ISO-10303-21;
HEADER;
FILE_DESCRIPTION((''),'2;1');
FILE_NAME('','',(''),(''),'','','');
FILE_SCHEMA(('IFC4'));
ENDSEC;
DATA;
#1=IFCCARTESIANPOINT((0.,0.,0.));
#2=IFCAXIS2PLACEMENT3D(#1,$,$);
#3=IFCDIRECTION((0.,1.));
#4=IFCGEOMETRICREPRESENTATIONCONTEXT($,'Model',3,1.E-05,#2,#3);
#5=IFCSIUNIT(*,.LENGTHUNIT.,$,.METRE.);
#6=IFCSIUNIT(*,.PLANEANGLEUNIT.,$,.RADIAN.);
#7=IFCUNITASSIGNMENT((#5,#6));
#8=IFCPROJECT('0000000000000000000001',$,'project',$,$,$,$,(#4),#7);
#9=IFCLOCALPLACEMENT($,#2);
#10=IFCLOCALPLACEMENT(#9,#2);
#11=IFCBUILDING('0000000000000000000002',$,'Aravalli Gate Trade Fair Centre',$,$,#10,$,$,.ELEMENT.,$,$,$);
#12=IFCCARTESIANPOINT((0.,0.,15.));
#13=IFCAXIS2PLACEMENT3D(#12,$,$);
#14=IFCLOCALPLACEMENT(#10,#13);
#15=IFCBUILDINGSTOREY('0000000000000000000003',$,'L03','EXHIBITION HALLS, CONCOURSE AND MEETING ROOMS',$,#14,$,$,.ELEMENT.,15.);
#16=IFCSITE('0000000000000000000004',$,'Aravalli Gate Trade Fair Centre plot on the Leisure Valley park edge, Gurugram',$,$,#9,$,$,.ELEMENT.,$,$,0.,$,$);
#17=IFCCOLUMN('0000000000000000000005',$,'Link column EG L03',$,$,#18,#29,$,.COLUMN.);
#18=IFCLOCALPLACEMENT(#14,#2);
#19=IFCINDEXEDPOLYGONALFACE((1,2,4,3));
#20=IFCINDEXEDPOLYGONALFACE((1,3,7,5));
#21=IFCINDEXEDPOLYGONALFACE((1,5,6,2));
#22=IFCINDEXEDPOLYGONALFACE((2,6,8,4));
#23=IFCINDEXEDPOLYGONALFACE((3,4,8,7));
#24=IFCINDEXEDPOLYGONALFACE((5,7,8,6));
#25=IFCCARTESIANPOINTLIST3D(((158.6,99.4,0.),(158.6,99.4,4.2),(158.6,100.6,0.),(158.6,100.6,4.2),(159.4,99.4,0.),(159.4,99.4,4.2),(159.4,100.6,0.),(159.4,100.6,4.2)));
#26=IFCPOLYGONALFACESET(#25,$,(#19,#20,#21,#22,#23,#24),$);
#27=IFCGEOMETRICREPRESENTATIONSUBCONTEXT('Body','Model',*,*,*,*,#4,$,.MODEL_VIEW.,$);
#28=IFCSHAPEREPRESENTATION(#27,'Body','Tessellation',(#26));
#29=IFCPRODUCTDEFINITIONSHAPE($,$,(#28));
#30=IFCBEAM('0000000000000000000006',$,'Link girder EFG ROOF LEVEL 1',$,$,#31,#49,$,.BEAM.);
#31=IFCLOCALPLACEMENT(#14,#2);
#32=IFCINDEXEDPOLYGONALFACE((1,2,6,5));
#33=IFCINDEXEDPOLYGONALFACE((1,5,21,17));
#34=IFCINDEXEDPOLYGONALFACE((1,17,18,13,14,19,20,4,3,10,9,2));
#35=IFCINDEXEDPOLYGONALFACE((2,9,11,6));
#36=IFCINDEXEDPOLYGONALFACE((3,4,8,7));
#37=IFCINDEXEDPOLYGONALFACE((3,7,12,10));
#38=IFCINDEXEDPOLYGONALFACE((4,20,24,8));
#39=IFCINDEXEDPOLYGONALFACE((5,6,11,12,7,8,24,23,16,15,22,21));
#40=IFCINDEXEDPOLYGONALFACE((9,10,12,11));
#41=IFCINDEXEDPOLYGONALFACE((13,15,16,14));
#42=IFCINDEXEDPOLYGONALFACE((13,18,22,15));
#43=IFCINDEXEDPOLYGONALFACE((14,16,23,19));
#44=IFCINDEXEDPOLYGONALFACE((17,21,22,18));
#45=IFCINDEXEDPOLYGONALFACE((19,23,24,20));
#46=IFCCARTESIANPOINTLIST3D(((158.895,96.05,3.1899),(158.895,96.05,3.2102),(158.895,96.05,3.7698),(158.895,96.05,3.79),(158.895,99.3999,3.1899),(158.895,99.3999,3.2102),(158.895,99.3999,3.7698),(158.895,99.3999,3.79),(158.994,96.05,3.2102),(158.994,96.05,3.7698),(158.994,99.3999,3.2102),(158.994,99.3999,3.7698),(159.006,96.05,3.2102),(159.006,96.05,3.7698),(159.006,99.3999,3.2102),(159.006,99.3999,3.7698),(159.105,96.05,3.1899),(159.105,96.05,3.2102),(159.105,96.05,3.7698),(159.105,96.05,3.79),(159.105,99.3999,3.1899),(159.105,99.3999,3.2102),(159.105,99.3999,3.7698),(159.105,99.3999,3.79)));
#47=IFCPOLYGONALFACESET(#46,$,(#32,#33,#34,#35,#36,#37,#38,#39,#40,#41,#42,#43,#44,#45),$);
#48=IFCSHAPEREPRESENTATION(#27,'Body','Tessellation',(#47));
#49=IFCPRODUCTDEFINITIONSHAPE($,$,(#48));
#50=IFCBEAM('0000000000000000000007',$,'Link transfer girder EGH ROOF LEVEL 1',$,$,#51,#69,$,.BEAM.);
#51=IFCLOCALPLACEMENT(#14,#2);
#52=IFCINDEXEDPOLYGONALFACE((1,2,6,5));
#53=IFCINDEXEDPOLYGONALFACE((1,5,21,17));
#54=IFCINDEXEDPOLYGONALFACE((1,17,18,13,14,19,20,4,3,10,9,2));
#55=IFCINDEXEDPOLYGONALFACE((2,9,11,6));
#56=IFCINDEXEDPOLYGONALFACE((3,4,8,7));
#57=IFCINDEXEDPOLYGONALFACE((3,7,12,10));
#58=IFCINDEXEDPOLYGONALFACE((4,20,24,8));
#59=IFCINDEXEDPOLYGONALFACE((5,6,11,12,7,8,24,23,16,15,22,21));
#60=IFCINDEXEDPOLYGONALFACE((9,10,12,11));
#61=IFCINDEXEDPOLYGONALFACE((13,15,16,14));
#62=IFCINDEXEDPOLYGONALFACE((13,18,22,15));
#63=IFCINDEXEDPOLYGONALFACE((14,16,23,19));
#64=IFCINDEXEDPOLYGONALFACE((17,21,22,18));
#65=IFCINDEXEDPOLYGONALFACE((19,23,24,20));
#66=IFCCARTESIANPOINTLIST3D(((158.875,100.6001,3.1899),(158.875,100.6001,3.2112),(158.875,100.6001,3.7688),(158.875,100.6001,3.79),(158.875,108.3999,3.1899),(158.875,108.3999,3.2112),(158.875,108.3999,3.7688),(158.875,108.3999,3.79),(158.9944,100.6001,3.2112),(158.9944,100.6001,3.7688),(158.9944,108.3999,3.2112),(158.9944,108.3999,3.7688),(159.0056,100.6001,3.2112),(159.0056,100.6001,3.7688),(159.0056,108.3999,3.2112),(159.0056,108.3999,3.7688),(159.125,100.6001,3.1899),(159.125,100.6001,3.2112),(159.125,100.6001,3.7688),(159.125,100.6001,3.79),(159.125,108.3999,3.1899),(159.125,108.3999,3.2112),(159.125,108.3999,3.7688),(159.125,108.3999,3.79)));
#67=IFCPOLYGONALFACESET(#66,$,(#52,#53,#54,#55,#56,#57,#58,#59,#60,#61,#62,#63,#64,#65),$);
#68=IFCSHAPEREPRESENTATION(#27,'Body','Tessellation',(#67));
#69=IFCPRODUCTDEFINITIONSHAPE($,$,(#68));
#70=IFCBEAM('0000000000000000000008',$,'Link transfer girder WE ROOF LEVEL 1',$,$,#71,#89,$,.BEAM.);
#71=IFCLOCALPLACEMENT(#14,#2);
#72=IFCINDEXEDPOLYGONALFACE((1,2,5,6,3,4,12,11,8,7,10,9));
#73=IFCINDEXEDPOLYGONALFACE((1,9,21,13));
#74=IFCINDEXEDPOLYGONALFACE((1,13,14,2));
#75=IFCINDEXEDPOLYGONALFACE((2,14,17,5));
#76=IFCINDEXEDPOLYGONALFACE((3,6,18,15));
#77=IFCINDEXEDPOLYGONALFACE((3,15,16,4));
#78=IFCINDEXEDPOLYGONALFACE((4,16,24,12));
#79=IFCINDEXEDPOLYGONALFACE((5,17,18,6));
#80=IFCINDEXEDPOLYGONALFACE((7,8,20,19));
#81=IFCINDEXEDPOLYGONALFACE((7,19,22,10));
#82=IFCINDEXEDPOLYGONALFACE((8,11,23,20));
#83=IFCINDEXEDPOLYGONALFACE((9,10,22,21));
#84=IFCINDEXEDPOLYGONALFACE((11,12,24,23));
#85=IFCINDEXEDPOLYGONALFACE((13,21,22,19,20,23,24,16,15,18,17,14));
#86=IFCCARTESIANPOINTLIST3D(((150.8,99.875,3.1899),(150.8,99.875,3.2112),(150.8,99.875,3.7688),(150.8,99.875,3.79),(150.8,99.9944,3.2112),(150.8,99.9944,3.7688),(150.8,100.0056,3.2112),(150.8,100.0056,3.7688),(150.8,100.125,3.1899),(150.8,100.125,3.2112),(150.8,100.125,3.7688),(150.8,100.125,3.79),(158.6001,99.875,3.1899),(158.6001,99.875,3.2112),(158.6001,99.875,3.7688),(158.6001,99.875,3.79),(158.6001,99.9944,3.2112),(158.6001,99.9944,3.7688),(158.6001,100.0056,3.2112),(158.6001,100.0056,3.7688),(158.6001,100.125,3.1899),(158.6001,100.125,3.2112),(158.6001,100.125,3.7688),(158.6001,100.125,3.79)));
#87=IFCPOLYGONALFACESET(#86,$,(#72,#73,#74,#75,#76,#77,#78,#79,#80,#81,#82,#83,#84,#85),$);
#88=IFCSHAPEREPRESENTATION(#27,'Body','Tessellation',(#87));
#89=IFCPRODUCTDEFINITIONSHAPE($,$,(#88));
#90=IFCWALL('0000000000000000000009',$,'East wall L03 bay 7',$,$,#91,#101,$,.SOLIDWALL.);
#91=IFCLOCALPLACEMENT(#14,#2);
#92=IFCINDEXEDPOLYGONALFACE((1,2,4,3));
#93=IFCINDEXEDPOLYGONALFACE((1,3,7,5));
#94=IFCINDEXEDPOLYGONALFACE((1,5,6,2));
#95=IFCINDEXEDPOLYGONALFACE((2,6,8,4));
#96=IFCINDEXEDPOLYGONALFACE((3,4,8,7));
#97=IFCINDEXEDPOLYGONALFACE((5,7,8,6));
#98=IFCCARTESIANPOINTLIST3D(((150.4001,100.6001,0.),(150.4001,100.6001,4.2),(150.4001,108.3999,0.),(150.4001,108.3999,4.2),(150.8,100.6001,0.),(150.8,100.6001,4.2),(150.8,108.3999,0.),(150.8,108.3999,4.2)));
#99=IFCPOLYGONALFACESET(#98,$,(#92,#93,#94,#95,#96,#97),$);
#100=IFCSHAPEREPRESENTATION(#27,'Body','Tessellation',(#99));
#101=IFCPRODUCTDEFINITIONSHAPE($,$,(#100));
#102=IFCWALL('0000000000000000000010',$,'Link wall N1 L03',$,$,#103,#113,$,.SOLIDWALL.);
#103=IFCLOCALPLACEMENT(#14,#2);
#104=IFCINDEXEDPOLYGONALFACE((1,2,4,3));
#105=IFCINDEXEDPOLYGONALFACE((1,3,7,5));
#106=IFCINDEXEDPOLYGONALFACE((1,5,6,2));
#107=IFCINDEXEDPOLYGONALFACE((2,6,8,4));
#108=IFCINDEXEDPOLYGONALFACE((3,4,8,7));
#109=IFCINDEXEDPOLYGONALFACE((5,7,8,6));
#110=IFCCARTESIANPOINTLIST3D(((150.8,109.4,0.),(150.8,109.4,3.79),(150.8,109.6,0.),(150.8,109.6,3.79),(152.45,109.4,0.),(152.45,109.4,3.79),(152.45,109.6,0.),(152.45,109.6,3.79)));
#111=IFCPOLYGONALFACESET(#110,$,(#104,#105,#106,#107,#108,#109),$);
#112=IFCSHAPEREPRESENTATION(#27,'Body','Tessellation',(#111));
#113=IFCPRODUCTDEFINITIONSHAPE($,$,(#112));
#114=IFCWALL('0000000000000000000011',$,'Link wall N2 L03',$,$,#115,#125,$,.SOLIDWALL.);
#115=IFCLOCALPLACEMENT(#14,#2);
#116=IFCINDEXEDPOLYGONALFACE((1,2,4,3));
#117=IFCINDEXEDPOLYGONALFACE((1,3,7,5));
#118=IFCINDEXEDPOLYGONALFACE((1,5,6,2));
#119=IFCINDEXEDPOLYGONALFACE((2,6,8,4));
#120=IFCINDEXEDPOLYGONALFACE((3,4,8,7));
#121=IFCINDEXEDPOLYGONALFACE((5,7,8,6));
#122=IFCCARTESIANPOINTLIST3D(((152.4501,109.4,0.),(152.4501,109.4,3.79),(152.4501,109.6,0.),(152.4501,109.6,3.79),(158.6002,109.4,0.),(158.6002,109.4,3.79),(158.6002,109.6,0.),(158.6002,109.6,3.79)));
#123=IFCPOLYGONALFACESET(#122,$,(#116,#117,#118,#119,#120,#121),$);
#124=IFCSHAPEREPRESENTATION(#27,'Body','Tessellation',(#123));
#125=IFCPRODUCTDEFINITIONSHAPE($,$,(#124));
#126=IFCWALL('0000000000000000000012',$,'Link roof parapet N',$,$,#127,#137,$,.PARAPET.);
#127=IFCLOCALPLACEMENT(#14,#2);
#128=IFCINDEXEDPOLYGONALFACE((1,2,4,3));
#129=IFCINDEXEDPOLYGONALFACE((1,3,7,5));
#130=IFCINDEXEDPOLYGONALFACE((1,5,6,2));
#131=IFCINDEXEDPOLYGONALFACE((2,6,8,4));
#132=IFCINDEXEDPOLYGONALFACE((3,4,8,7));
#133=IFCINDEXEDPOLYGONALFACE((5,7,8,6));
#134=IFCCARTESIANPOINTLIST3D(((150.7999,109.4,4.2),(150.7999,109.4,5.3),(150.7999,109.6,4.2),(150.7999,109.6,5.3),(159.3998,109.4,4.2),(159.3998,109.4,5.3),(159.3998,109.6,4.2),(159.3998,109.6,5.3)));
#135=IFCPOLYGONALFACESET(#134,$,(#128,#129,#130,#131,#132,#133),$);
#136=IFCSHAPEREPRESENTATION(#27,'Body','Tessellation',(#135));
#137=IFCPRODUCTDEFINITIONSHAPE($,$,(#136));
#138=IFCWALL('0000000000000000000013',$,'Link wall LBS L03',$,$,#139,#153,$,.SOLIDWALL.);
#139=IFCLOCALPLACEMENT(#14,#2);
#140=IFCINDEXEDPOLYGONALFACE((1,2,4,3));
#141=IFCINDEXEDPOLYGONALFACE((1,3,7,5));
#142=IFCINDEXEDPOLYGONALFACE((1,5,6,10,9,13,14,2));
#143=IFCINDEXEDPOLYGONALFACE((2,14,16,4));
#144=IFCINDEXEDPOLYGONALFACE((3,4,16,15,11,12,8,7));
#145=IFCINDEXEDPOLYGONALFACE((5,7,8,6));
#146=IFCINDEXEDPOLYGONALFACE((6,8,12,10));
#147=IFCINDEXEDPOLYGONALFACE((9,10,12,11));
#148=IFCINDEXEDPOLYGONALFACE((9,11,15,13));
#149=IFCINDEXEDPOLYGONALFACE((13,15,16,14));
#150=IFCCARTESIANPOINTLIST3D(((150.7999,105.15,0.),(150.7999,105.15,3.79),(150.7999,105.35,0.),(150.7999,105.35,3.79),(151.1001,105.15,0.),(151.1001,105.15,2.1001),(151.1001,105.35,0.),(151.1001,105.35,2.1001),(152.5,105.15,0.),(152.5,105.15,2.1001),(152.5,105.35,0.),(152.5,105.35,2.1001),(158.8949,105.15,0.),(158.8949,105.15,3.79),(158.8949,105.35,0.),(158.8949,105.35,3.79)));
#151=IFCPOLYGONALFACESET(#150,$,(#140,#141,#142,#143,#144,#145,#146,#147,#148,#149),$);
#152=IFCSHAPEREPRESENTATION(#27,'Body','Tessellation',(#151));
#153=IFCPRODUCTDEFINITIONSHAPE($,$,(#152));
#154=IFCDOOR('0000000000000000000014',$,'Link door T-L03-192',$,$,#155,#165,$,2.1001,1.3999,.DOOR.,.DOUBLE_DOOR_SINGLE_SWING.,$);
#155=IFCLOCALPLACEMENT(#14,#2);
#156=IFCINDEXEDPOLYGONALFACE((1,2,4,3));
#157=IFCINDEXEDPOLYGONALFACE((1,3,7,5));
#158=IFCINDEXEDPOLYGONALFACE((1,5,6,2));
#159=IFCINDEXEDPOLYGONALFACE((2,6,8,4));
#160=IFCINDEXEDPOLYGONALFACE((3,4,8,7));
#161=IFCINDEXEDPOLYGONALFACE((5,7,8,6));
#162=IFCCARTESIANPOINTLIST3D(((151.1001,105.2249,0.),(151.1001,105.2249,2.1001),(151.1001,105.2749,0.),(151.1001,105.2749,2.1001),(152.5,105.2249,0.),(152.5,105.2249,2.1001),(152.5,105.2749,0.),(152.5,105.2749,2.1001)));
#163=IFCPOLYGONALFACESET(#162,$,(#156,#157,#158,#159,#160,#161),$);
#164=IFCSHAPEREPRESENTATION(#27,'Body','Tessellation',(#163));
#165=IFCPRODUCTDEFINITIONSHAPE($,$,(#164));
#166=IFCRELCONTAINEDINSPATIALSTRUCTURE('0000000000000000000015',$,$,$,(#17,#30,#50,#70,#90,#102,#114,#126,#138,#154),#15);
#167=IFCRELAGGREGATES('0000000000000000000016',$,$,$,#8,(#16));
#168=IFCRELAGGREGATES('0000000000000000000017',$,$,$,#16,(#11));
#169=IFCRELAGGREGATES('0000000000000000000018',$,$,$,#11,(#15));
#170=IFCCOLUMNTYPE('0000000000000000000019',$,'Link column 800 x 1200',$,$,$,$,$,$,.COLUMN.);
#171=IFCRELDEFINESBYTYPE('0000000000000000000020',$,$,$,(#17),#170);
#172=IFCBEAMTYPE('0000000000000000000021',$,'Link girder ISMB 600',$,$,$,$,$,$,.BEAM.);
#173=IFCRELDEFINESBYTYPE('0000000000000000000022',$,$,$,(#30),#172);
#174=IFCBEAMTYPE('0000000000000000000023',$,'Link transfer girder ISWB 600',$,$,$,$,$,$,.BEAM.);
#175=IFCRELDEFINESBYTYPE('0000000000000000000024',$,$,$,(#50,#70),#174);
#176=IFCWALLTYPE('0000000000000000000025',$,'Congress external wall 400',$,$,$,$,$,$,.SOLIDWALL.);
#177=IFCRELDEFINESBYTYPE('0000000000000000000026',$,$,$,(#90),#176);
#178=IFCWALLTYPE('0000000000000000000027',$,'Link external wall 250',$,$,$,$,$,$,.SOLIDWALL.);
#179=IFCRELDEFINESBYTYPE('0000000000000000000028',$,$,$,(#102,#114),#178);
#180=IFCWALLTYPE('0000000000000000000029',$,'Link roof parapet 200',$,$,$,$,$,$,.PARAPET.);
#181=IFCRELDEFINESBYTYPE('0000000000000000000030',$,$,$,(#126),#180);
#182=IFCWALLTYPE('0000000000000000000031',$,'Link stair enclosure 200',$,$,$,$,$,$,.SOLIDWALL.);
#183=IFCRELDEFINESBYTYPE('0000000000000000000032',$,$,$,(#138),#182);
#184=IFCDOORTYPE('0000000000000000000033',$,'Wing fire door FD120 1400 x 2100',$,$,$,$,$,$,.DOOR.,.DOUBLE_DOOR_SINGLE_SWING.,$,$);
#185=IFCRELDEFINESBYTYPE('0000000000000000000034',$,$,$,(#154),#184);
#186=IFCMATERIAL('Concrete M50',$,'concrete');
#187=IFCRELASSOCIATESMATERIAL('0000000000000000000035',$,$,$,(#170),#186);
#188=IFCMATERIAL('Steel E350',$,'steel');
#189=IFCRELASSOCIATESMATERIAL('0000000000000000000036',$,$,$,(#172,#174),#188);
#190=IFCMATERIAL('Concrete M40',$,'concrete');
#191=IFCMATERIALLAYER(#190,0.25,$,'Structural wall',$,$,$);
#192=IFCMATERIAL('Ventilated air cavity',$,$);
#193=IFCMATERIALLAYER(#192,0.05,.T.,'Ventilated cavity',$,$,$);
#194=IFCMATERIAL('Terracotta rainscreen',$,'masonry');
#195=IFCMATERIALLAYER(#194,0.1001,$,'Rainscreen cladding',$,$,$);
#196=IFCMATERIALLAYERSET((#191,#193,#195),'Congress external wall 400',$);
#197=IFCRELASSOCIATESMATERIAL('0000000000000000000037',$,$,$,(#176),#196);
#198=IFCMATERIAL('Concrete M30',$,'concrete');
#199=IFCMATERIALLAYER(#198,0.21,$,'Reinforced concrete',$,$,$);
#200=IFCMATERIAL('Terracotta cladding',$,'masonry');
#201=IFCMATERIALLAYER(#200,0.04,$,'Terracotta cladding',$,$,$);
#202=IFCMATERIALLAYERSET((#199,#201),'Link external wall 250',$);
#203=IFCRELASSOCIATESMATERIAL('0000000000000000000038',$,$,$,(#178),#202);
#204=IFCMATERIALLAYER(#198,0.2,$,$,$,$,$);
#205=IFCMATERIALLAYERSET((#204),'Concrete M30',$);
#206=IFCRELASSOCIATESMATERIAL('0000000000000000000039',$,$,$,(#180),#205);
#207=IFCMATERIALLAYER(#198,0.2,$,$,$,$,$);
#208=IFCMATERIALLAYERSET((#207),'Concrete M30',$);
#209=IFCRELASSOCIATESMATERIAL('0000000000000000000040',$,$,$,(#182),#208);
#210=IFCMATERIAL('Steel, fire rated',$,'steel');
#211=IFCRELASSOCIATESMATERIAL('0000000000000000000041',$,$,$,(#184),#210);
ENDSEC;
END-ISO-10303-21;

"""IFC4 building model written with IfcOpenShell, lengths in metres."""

from ifc_helpers import new_model, si_unit, direction, frame, frame_2d, origin, origin_2d, place, context, subcontext, project, spatial, rectangle, i_section, extrude, material, layer, layer_set, material_profile, profile_set, type_object, element, fill, save


model = new_model("IFC4")

# Units and contexts
model_context = context("Model", 3, precision=1e-05, world=origin(), true_north=direction((0.0, 1.0)))
body_context = subcontext(model_context, "Body", "Model", "MODEL_VIEW")
ifc_project = project(units=[si_unit("LENGTHUNIT", "METRE"), si_unit("PLANEANGLEUNIT", "RADIAN")], contexts=[model_context])

# Site, building, storey
site_placement = place(None, origin())
site = spatial("IfcSite", under=ifc_project, at=site_placement, Name="Aravalli Gate Trade Fair Centre plot on the Leisure Valley park edge, Gurugram", CompositionType="ELEMENT", RefElevation=0.0)
building_placement = place(site_placement, origin())
building = spatial("IfcBuilding", under=site, at=building_placement, Name="Aravalli Gate Trade Fair Centre", CompositionType="ELEMENT")
storey_placement = place(building_placement, frame((0.0, 0.0, 15.0)))
storey = spatial("IfcBuildingStorey", under=building, at=storey_placement, Name="L03", Description="EXHIBITION HALLS, CONCOURSE AND MEETING ROOMS", CompositionType="ELEMENT", Elevation=15.0)

# Column
ifc_material_1 = material(Name="Concrete M50", Category="concrete")
ifc_material_profile_1 = material_profile(ifc_material_1, rectangle(XDim=0.8, YDim=1.2, at=origin_2d()), Name="Link column 800 x 1200")
ifc_profile_set_1 = profile_set([ifc_material_profile_1], Name="Concrete M50")
column_type = type_object("IfcColumnType", Name="Link column 800 x 1200", PredefinedType="COLUMN", material=ifc_profile_set_1)
column_placement = place(storey_placement, frame((159.0, 100.0, 0.0), z_axis=(0.0, 0.0, 1.0), x_axis=(1.0, 0.0, 0.0)))
element("IfcColumn", 1, at=column_placement, inside=storey, type_object=column_type, Name="Link column EG L03", PredefinedType="COLUMN", context=body_context, shape_type="SweptSolid", body=[
    extrude(rectangle(XDim=0.8, YDim=1.2, at=origin_2d()), origin(), (0.0, 0.0, 1.0), 4.2),
])

# Beams
ifc_material_2 = material(Name="Steel E350", Category="steel")
ifc_material_profile_2 = material_profile(ifc_material_2, i_section(OverallWidth=0.21, OverallDepth=0.6001, WebThickness=0.012, FlangeThickness=0.0203, at=origin_2d()), Name="ISMB 600")
ifc_profile_set_2 = profile_set([ifc_material_profile_2], Name="Steel E350")
beam_type_1 = type_object("IfcBeamType", Name="Link girder ISMB 600", PredefinedType="BEAM", material=ifc_profile_set_2)
beam_1_placement = place(storey_placement, frame((159.0, 96.05, 3.49), z_axis=(0.0, 1.0, 0.0), x_axis=(-1.0, 0.0, 0.0)))
element("IfcBeam", 2, at=beam_1_placement, inside=storey, type_object=beam_type_1, Name="Link girder EFG ROOF LEVEL 1", PredefinedType="BEAM", context=body_context, shape_type="SweptSolid", body=[
    extrude(i_section(OverallWidth=0.21, OverallDepth=0.6001, WebThickness=0.012, FlangeThickness=0.0203, at=origin_2d()), origin(), (0.0, 0.0, 1.0), 3.3499),
])
ifc_material_profile_3 = material_profile(ifc_material_2, i_section(OverallWidth=0.25, OverallDepth=0.6001, WebThickness=0.0112, FlangeThickness=0.0212, at=origin_2d()), Name="ISWB 600")
ifc_profile_set_3 = profile_set([ifc_material_profile_3], Name="Steel E350")
beam_type_2 = type_object("IfcBeamType", Name="Link transfer girder ISWB 600", PredefinedType="BEAM", material=ifc_profile_set_3)
beam_2_placement = place(storey_placement, frame((159.0, 100.6001, 3.49), z_axis=(0.0, 1.0, 0.0), x_axis=(-1.0, 0.0, 0.0)))
element("IfcBeam", 3, at=beam_2_placement, inside=storey, type_object=beam_type_2, Name="Link transfer girder EGH ROOF LEVEL 1", PredefinedType="BEAM", context=body_context, shape_type="SweptSolid", body=[
    extrude(i_section(OverallWidth=0.25, OverallDepth=0.6001, WebThickness=0.0112, FlangeThickness=0.0212, at=origin_2d()), origin(), (0.0, 0.0, 1.0), 7.7998),
])
beam_3_placement = place(storey_placement, frame((150.8, 100.0, 3.49), z_axis=(1.0, 0.0, 0.0), x_axis=(0.0, 1.0, 0.0)))
element("IfcBeam", 4, at=beam_3_placement, inside=storey, type_object=beam_type_2, Name="Link transfer girder WE ROOF LEVEL 1", PredefinedType="BEAM", context=body_context, shape_type="SweptSolid", body=[
    extrude(i_section(OverallWidth=0.25, OverallDepth=0.6001, WebThickness=0.0112, FlangeThickness=0.0212, at=origin_2d()), origin(), (0.0, 0.0, 1.0), 7.8),
])

# Walls
ifc_material_3 = material(Name="Concrete M40", Category="concrete")
ifc_layer_1 = layer(ifc_material_3, 0.25, Name="Structural wall")
ifc_material_4 = material(Name="Ventilated air cavity")
ifc_layer_2 = layer(ifc_material_4, 0.05, ventilated=True, Name="Ventilated cavity")
ifc_material_5 = material(Name="Terracotta rainscreen", Category="masonry")
ifc_layer_3 = layer(ifc_material_5, 0.1001, Name="Rainscreen cladding")
ifc_layer_set_1 = layer_set([ifc_layer_1, ifc_layer_2, ifc_layer_3], Name="Congress external wall 400")
wall_type_1 = type_object("IfcWallType", Name="Congress external wall 400", PredefinedType="SOLIDWALL", material=ifc_layer_set_1)
wall_1_placement = place(storey_placement, frame((150.6001, 100.6001, 0.0), z_axis=(0.0, 0.0, 1.0), x_axis=(0.0, 1.0, 0.0)))
element("IfcWall", 5, at=wall_1_placement, inside=storey, type_object=wall_type_1, Name="East wall L03 bay 7", PredefinedType="SOLIDWALL", context=body_context, shape_type="SweptSolid", body=[
    extrude(rectangle(XDim=7.7998, YDim=0.3999, at=frame_2d((3.8999, 0.0))), origin(), (0.0, 0.0, 1.0), 4.2),
])
ifc_material_6 = material(Name="Concrete M30", Category="concrete")
ifc_layer_4 = layer(ifc_material_6, 0.21, Name="Reinforced concrete")
ifc_material_7 = material(Name="Terracotta cladding", Category="masonry")
ifc_layer_5 = layer(ifc_material_7, 0.04, Name="Terracotta cladding")
ifc_layer_set_2 = layer_set([ifc_layer_4, ifc_layer_5], Name="Link external wall 250")
wall_type_2 = type_object("IfcWallType", Name="Link external wall 250", PredefinedType="SOLIDWALL", material=ifc_layer_set_2)
wall_2_placement = place(storey_placement, frame((150.8, 109.5, 0.0), z_axis=(0.0, 0.0, 1.0), x_axis=(1.0, 0.0, 0.0)))
element("IfcWall", 6, at=wall_2_placement, inside=storey, type_object=wall_type_2, Name="Link wall N1 L03", PredefinedType="SOLIDWALL", context=body_context, shape_type="SweptSolid", body=[
    extrude(rectangle(XDim=1.6499, YDim=0.2, at=frame_2d((0.825, 0.0))), origin(), (0.0, 0.0, 1.0), 3.79),
])
wall_3_placement = place(storey_placement, frame((152.45, 109.5, 0.0), z_axis=(0.0, 0.0, 1.0), x_axis=(1.0, 0.0, 0.0)))
element("IfcWall", 7, at=wall_3_placement, inside=storey, type_object=wall_type_2, Name="Link wall N2 L03", PredefinedType="SOLIDWALL", context=body_context, shape_type="SweptSolid", body=[
    extrude(rectangle(XDim=6.1501, YDim=0.2, at=frame_2d((3.0752, 0.0))), origin(), (0.0, 0.0, 1.0), 3.79),
])
ifc_layer_6 = layer(ifc_material_6, 0.2)
ifc_layer_set_3 = layer_set([ifc_layer_6], Name="Concrete M30")
wall_type_3 = type_object("IfcWallType", Name="Link roof parapet 200", PredefinedType="PARAPET", material=ifc_layer_set_3)
wall_4_placement = place(storey_placement, frame((150.8, 109.5, 4.2), z_axis=(0.0, 0.0, 1.0), x_axis=(1.0, 0.0, 0.0)))
element("IfcWall", 8, at=wall_4_placement, inside=storey, type_object=wall_type_3, Name="Link roof parapet N", PredefinedType="PARAPET", context=body_context, shape_type="SweptSolid", body=[
    extrude(rectangle(XDim=8.5999, YDim=0.2, at=frame_2d((4.2998, 0.0))), origin(), (0.0, 0.0, 1.0), 1.1001),
])

# Wall, opening, door
ifc_layer_7 = layer(ifc_material_6, 0.2)
ifc_layer_set_4 = layer_set([ifc_layer_7], Name="Concrete M30")
wall_type_4 = type_object("IfcWallType", Name="Link stair enclosure 200", PredefinedType="SOLIDWALL", material=ifc_layer_set_4)
wall_5_placement = place(storey_placement, frame((150.8, 105.25, 0.0), z_axis=(0.0, 0.0, 1.0), x_axis=(1.0, 0.0, 0.0)))
wall_5 = element("IfcWall", 9, at=wall_5_placement, inside=storey, type_object=wall_type_4, Name="Link wall LBS L03", PredefinedType="SOLIDWALL", context=body_context, shape_type="SweptSolid", body=[
    extrude(rectangle(XDim=8.095, YDim=0.2, at=frame_2d((4.0474, 0.0))), origin(), (0.0, 0.0, 1.0), 3.79),
])
opening_1_placement = place(wall_5_placement, frame((0.3, 0.0, 0.0)))
opening_1 = element("IfcOpeningElement", 10, at=opening_1_placement, cuts=wall_5, PredefinedType="OPENING", context=body_context, shape_type="SweptSolid", body=[
    extrude(rectangle(XDim=1.3999, YDim=2.1001, at=frame_2d((0.7, 1.05))), frame((0.0, 0.1099, 0.0), z_axis=(0.0, -1.0, 0.0), x_axis=(1.0, 0.0, 0.0)), (0.0, 0.0, 1.0), 0.22),
])
ifc_material_8 = material(Name="Steel, fire rated", Category="steel")
door_type_1 = type_object("IfcDoorType", Name="Wing fire door FD120 1400 x 2100", OperationType="DOUBLE_DOOR_SINGLE_SWING", PredefinedType="DOOR", material=ifc_material_8)
door_1_placement = place(opening_1_placement, origin())
door_1 = element("IfcDoor", 11, at=door_1_placement, inside=storey, type_object=door_type_1, Name="Link door T-L03-192", OperationType="DOUBLE_DOOR_SINGLE_SWING", OverallHeight=2.1001, OverallWidth=1.3999, PredefinedType="DOOR", context=body_context, shape_type="SweptSolid", body=[
    extrude(rectangle(XDim=1.3999, YDim=2.1001, at=frame_2d((0.7, 1.05))), frame((0.0, 0.0249, 0.0), z_axis=(0.0, -1.0, 0.0), x_axis=(1.0, 0.0, 0.0)), (0.0, 0.0, 1.0), 0.05),
])
fill(opening_1, door_1)

save(model, "model.ifc")
